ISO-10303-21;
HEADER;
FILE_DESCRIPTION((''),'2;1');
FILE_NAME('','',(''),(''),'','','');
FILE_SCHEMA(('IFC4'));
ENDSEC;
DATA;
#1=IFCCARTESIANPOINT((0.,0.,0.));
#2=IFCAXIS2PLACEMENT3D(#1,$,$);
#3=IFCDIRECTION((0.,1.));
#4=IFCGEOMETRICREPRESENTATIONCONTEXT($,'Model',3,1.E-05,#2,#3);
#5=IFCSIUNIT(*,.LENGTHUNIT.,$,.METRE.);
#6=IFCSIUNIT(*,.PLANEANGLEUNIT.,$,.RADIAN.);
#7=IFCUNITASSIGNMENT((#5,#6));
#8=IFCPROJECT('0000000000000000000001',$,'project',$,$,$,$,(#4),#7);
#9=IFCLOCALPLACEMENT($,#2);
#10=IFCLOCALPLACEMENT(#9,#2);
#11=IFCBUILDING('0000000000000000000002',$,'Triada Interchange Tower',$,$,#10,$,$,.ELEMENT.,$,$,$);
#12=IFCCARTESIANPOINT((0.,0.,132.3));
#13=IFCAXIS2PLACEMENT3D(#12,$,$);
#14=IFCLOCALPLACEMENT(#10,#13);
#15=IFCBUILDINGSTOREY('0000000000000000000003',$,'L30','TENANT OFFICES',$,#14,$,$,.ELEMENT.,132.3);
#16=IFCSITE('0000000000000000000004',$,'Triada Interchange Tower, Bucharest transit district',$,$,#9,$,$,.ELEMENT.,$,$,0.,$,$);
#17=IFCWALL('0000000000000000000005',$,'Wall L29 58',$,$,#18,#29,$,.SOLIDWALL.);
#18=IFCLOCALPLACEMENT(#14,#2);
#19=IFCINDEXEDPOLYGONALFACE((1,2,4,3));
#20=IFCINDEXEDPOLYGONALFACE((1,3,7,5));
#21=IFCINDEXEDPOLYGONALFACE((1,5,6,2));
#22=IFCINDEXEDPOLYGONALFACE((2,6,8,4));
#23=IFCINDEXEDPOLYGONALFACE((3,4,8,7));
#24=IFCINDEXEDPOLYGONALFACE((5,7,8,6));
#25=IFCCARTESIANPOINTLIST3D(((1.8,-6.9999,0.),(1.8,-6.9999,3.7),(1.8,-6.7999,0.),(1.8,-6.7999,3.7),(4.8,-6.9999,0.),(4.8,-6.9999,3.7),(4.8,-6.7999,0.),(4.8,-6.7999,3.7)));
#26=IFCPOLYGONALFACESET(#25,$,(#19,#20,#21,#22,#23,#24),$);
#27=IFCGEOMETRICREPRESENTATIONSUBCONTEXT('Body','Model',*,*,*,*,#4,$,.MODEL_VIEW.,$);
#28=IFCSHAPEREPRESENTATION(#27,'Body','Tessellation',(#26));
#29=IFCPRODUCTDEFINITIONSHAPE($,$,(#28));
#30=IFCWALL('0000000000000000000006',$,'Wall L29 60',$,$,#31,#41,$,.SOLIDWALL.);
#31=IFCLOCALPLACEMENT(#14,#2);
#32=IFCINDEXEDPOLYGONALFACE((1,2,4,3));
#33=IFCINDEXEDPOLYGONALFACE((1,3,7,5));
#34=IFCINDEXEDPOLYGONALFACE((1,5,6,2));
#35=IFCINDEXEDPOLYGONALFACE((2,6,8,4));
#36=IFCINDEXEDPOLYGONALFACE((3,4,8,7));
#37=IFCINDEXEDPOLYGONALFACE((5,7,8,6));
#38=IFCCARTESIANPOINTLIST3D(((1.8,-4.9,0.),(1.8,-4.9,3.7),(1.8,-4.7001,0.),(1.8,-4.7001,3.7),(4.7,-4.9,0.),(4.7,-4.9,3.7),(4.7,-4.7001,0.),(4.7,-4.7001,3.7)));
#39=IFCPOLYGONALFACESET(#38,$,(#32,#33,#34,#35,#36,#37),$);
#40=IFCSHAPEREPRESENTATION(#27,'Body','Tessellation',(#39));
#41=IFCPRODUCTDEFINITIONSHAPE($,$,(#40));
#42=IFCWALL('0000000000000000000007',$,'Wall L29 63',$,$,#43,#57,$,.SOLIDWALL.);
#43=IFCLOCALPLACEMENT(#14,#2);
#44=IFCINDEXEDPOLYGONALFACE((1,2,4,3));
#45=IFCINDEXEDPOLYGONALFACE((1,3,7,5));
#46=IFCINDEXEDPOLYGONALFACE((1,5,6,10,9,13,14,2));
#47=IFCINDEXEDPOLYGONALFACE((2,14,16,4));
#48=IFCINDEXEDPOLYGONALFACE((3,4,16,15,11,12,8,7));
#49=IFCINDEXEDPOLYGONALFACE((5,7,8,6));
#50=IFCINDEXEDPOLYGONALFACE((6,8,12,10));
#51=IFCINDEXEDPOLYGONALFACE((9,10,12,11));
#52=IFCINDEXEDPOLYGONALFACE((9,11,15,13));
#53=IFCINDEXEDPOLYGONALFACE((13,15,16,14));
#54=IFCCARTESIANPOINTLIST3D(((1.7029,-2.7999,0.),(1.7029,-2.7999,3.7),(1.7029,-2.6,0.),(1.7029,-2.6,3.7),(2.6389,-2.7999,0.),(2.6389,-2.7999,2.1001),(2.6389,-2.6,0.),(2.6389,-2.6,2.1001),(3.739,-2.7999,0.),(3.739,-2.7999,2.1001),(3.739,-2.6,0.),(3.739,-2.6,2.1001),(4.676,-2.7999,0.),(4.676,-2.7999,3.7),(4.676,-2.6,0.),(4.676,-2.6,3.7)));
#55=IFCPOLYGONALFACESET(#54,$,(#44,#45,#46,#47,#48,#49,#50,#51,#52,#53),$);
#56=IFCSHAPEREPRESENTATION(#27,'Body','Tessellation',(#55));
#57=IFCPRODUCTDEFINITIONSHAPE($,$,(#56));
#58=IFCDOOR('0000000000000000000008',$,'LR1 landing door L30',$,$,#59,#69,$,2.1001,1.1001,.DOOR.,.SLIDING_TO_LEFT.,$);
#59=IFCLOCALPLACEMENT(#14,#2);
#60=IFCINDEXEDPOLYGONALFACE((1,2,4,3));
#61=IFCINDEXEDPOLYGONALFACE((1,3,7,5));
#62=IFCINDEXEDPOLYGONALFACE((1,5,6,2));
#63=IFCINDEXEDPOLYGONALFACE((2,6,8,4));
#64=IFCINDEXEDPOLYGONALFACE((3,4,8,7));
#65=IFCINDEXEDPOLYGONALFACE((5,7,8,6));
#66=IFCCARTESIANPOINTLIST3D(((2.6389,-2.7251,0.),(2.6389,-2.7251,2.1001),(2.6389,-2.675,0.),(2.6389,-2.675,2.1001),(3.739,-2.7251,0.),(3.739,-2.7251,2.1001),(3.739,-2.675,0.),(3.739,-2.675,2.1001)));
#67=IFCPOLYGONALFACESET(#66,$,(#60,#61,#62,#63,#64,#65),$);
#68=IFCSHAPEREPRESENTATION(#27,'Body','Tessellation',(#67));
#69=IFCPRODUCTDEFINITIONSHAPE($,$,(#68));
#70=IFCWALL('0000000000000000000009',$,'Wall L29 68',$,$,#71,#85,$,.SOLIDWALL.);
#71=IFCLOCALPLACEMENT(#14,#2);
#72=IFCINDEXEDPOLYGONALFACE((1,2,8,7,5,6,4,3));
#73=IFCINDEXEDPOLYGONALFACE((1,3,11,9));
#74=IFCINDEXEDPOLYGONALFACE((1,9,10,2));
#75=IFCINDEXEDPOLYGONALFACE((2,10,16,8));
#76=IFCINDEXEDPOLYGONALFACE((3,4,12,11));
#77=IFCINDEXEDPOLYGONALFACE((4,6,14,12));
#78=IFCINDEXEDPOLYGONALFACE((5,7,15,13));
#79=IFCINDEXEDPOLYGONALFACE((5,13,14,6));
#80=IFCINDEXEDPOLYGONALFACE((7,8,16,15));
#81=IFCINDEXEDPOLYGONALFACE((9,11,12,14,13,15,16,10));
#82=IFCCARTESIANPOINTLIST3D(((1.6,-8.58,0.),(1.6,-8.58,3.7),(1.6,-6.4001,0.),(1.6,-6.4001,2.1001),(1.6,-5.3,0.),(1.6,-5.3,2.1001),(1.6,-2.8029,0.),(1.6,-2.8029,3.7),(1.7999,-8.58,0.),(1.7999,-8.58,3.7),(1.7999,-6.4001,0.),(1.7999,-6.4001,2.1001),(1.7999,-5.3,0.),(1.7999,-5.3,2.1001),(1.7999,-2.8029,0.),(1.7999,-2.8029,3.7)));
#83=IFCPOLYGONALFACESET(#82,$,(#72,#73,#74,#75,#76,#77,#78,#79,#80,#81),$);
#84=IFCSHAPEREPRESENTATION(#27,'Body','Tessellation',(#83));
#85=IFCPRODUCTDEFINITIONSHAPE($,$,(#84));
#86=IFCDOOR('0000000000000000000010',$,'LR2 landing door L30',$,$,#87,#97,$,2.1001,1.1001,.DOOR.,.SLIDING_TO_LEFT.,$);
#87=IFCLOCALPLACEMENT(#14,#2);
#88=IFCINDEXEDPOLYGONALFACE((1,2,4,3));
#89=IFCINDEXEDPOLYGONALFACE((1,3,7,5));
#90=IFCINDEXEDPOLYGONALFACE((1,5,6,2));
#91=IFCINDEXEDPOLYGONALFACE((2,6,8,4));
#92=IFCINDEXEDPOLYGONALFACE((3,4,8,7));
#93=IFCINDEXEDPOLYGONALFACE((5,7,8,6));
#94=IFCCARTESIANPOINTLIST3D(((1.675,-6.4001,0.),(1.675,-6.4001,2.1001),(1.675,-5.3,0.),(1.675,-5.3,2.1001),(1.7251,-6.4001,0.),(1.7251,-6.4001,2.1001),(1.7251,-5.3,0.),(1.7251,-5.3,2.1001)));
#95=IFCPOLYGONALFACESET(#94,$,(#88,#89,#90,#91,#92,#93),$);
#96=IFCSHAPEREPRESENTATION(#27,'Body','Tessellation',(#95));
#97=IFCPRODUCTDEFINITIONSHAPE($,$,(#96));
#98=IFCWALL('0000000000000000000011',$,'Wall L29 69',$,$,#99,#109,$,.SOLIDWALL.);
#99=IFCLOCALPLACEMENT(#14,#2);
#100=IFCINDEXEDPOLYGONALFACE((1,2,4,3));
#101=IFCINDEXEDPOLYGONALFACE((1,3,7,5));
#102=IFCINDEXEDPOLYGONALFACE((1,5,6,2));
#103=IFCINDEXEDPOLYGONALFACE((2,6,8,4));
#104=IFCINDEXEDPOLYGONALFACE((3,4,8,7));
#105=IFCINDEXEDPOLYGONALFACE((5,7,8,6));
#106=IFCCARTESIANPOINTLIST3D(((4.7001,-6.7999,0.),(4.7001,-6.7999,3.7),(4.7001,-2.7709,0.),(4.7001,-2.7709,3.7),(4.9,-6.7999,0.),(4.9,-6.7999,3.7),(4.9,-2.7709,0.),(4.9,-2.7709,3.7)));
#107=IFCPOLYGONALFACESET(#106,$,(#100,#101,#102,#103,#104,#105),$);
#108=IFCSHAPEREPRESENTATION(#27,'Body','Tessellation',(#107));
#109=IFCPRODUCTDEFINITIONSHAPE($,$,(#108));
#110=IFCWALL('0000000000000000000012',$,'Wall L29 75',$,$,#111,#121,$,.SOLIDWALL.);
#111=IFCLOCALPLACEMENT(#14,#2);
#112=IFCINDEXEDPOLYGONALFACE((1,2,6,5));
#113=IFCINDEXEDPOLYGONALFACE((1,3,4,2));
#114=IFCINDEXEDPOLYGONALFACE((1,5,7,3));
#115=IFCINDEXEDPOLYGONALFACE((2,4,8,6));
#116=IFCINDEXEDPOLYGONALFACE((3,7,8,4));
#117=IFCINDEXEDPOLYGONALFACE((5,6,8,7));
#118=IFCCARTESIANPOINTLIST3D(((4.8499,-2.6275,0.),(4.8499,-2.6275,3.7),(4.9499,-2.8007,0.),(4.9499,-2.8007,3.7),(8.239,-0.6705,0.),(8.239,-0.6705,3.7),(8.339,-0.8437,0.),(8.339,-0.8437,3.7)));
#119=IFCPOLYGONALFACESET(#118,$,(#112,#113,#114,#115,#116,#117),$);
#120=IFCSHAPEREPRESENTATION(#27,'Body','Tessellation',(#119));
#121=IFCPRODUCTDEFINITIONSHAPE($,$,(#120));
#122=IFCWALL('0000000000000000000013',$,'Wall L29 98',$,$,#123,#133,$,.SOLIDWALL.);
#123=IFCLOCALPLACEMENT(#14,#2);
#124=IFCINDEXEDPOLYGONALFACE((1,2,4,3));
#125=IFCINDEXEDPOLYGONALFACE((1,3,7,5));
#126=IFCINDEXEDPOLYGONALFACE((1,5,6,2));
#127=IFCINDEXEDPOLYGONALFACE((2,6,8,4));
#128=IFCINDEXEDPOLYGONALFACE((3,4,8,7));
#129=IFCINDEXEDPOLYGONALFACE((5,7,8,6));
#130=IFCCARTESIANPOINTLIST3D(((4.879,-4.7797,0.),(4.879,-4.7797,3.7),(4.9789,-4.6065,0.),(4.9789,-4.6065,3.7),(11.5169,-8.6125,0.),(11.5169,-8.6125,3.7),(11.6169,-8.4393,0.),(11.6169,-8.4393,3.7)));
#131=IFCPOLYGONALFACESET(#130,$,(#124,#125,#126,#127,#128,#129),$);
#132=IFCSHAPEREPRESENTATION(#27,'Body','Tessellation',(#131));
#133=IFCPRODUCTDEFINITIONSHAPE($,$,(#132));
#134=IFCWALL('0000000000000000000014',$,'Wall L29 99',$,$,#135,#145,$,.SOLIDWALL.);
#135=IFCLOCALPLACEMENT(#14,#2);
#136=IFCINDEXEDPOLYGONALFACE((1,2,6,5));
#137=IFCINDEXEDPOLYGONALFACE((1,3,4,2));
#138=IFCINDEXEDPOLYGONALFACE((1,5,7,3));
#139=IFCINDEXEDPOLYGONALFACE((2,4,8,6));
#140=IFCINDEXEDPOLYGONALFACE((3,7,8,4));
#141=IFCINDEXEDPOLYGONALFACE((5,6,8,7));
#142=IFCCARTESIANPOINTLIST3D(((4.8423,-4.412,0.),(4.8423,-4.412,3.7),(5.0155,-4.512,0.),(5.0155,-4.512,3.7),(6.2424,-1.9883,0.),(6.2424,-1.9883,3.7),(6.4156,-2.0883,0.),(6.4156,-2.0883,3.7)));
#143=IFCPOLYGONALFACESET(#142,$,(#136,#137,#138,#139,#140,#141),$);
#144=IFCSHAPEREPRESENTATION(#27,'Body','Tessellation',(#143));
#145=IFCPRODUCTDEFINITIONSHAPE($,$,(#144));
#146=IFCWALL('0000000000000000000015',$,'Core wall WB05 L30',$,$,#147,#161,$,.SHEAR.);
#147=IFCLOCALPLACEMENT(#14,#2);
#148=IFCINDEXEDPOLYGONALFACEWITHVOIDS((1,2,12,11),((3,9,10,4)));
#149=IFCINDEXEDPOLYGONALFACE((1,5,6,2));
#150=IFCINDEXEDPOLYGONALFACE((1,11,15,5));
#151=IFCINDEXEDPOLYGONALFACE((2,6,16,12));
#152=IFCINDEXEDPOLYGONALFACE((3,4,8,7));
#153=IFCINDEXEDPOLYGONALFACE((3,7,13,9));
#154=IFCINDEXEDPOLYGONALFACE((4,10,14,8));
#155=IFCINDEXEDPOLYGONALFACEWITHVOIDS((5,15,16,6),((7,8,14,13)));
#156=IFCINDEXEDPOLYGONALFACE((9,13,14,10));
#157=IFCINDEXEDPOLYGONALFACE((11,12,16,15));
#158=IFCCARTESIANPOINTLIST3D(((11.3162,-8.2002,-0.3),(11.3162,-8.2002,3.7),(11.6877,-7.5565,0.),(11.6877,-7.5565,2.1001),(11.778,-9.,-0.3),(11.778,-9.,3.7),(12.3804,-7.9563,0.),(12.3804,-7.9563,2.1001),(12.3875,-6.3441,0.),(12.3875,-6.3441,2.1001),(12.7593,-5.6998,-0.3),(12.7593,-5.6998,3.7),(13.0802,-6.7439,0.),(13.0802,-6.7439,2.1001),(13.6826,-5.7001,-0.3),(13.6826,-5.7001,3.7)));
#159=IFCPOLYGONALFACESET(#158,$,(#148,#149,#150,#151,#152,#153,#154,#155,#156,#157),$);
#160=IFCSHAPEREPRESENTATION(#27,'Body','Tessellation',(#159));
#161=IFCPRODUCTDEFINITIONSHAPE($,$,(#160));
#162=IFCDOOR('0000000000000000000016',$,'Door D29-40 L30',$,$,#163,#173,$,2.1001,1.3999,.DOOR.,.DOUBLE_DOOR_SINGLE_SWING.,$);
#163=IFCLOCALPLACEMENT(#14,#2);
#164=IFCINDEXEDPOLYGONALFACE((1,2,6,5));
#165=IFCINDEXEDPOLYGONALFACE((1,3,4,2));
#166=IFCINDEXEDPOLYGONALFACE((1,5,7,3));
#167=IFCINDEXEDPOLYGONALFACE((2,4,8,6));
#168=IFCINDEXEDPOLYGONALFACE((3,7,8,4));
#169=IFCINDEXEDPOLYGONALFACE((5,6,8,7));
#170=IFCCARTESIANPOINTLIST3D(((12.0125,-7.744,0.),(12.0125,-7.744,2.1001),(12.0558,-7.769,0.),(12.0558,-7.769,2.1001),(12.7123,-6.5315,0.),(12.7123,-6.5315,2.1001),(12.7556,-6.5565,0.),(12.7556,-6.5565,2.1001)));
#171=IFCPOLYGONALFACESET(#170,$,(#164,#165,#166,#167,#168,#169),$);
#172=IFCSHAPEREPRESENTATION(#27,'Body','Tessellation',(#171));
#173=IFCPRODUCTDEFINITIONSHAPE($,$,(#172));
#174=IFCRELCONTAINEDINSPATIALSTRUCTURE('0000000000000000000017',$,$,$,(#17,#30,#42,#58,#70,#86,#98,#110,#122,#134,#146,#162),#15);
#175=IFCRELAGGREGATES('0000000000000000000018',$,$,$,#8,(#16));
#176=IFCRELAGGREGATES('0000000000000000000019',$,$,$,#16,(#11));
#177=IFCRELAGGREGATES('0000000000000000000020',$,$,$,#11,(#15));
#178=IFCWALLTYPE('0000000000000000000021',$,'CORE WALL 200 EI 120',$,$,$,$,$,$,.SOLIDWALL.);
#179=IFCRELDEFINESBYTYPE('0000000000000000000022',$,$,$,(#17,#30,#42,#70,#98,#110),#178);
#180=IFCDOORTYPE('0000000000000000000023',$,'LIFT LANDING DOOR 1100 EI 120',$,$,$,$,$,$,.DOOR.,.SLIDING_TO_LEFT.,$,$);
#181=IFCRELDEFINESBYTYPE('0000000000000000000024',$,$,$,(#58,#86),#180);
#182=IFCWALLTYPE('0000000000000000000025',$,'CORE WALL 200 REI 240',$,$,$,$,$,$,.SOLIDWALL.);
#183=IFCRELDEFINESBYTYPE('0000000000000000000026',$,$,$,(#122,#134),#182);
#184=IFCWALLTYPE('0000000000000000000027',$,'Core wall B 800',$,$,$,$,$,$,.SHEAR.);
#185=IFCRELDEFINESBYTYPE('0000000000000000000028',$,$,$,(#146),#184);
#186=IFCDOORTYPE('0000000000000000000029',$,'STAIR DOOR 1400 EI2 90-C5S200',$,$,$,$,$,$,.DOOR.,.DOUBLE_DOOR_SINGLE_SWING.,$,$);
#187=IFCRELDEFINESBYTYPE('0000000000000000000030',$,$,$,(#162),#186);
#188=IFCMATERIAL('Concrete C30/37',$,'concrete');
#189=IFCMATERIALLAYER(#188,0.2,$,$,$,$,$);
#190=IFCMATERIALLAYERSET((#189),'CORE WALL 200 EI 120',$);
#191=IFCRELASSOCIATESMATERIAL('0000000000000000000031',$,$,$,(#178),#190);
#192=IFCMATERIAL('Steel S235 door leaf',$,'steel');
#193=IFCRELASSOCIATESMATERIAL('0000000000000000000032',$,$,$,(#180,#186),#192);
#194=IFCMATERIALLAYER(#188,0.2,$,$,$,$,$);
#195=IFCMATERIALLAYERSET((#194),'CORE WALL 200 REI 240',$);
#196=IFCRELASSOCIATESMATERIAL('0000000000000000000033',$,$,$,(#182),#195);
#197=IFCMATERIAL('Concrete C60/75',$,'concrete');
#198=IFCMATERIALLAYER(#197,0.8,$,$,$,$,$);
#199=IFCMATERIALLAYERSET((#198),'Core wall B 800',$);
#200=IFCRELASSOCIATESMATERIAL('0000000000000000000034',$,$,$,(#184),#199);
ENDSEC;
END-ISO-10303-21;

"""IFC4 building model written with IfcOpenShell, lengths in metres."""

from ifc_helpers import new_model, si_unit, direction, frame, frame_2d, origin, place, context, subcontext, project, spatial, polyline, rectangle, outline, extrude, material, layer, layer_set, type_object, element, fill, save


model = new_model("IFC4")

# Units and contexts
model_context = context("Model", 3, precision=1e-05, world=origin(), true_north=direction((0.0, 1.0)))
body_context = subcontext(model_context, "Body", "Model", "MODEL_VIEW")
ifc_project = project(units=[si_unit("LENGTHUNIT", "METRE"), si_unit("PLANEANGLEUNIT", "RADIAN")], contexts=[model_context])

# Site, building, storey
site_placement = place(None, origin())
site = spatial("IfcSite", under=ifc_project, at=site_placement, Name="Triada Interchange Tower, Bucharest transit district", CompositionType="ELEMENT", RefElevation=0.0)
building_placement = place(site_placement, origin())
building = spatial("IfcBuilding", under=site, at=building_placement, Name="Triada Interchange Tower", CompositionType="ELEMENT")
storey_placement = place(building_placement, frame((0.0, 0.0, 132.3)))
storey = spatial("IfcBuildingStorey", under=building, at=storey_placement, Name="L30", Description="TENANT OFFICES", CompositionType="ELEMENT", Elevation=132.3)

# Walls
ifc_material_1 = material(Name="Concrete C30/37", Category="concrete")
ifc_layer_1 = layer(ifc_material_1, 0.2)
ifc_layer_set_1 = layer_set([ifc_layer_1], Name="CORE WALL 200 EI 120")
wall_type_1 = type_object("IfcWallType", Name="CORE WALL 200 EI 120", PredefinedType="SOLIDWALL", material=ifc_layer_set_1)
wall_1_placement = place(storey_placement, frame((1.8, -6.8999, 0.0), z_axis=(0.0, 0.0, 1.0), x_axis=(1.0, 0.0, 0.0)))
element("IfcWall", 1, at=wall_1_placement, inside=storey, type_object=wall_type_1, Name="Wall L29 58", PredefinedType="SOLIDWALL", context=body_context, shape_type="SweptSolid", body=[
    extrude(rectangle(XDim=3.0, YDim=0.2, at=frame_2d((1.5, 0.0))), origin(), (0.0, 0.0, 1.0), 3.7),
])
wall_2_placement = place(storey_placement, frame((1.8, -4.8, 0.0), z_axis=(0.0, 0.0, 1.0), x_axis=(1.0, 0.0, 0.0)))
element("IfcWall", 2, at=wall_2_placement, inside=storey, type_object=wall_type_1, Name="Wall L29 60", PredefinedType="SOLIDWALL", context=body_context, shape_type="SweptSolid", body=[
    extrude(rectangle(XDim=2.8999, YDim=0.2, at=frame_2d((1.45, 0.0))), origin(), (0.0, 0.0, 1.0), 3.7),
])

# Walls, openings, doors
wall_3_placement = place(storey_placement, frame((1.7029, -2.7, 0.0), z_axis=(0.0, 0.0, 1.0), x_axis=(1.0, 0.0, 0.0)))
wall_3 = element("IfcWall", 3, at=wall_3_placement, inside=storey, type_object=wall_type_1, Name="Wall L29 63", PredefinedType="SOLIDWALL", context=body_context, shape_type="SweptSolid", body=[
    extrude(rectangle(XDim=2.9731, YDim=0.2, at=frame_2d((1.4866, 0.0))), origin(), (0.0, 0.0, 1.0), 3.7),
])
opening_1_placement = place(wall_3_placement, frame((0.936, 0.0, 0.0)))
opening_1 = element("IfcOpeningElement", 4, at=opening_1_placement, cuts=wall_3, PredefinedType="OPENING", context=body_context, shape_type="SweptSolid", body=[
    extrude(rectangle(XDim=1.1001, YDim=2.1001, at=frame_2d((0.55, 1.05))), frame((0.0, 0.1099, 0.0), z_axis=(0.0, -1.0, 0.0), x_axis=(1.0, 0.0, 0.0)), (0.0, 0.0, 1.0), 0.22),
])
ifc_material_2 = material(Name="Steel S235 door leaf", Category="steel")
door_type_1 = type_object("IfcDoorType", Name="LIFT LANDING DOOR 1100 EI 120", OperationType="SLIDING_TO_LEFT", PredefinedType="DOOR", material=ifc_material_2)
door_1_placement = place(opening_1_placement, origin())
door_1 = element("IfcDoor", 5, at=door_1_placement, inside=storey, type_object=door_type_1, Name="LR1 landing door L30", OperationType="SLIDING_TO_LEFT", OverallHeight=2.1001, OverallWidth=1.1001, PredefinedType="DOOR", context=body_context, shape_type="SweptSolid", body=[
    extrude(rectangle(XDim=1.1001, YDim=2.1001, at=frame_2d((0.55, 1.05))), frame((0.0, 0.0249, 0.0), z_axis=(0.0, -1.0, 0.0), x_axis=(1.0, 0.0, 0.0)), (0.0, 0.0, 1.0), 0.05),
])
fill(opening_1, door_1)
wall_4_placement = place(storey_placement, frame((1.7, -8.5801, 0.0), z_axis=(0.0, 0.0, 1.0), x_axis=(0.0, 1.0, 0.0)))
wall_4 = element("IfcWall", 6, at=wall_4_placement, inside=storey, type_object=wall_type_1, Name="Wall L29 68", PredefinedType="SOLIDWALL", context=body_context, shape_type="SweptSolid", body=[
    extrude(rectangle(XDim=5.7771, YDim=0.2, at=frame_2d((2.8887, 0.0))), origin(), (0.0, 0.0, 1.0), 3.7),
])
opening_2_placement = place(wall_4_placement, frame((2.1799, 0.0, 0.0)))
opening_2 = element("IfcOpeningElement", 7, at=opening_2_placement, cuts=wall_4, PredefinedType="OPENING", context=body_context, shape_type="SweptSolid", body=[
    extrude(rectangle(XDim=1.1001, YDim=2.1001, at=frame_2d((0.55, 1.05))), frame((0.0, 0.1099, 0.0), z_axis=(0.0, -1.0, 0.0), x_axis=(1.0, 0.0, 0.0)), (0.0, 0.0, 1.0), 0.22),
])
door_2_placement = place(opening_2_placement, origin())
door_2 = element("IfcDoor", 8, at=door_2_placement, inside=storey, type_object=door_type_1, Name="LR2 landing door L30", OperationType="SLIDING_TO_LEFT", OverallHeight=2.1001, OverallWidth=1.1001, PredefinedType="DOOR", context=body_context, shape_type="SweptSolid", body=[
    extrude(rectangle(XDim=1.1001, YDim=2.1001, at=frame_2d((0.55, 1.05))), frame((0.0, 0.0249, 0.0), z_axis=(0.0, -1.0, 0.0), x_axis=(1.0, 0.0, 0.0)), (0.0, 0.0, 1.0), 0.05),
])
fill(opening_2, door_2)

# Walls
wall_5_placement = place(storey_placement, frame((4.8, -6.8, 0.0), z_axis=(0.0, 0.0, 1.0), x_axis=(0.0, 1.0, 0.0)))
element("IfcWall", 9, at=wall_5_placement, inside=storey, type_object=wall_type_1, Name="Wall L29 69", PredefinedType="SOLIDWALL", context=body_context, shape_type="SweptSolid", body=[
    extrude(rectangle(XDim=4.0291, YDim=0.2, at=frame_2d((2.0146, 0.0))), origin(), (0.0, 0.0, 1.0), 3.7),
])
wall_6_placement = place(storey_placement, frame((4.8999, -2.7141, 0.0), z_axis=(0.0, 0.0, 1.0), x_axis=(0.865992, 0.500057, 0.0)))
element("IfcWall", 10, at=wall_6_placement, inside=storey, type_object=wall_type_1, Name="Wall L29 75", PredefinedType="SOLIDWALL", context=body_context, shape_type="SweptSolid", body=[
    extrude(rectangle(XDim=3.9136, YDim=0.2, at=frame_2d((1.9568, 0.0))), origin(), (0.0, 0.0, 1.0), 3.7),
])
ifc_layer_2 = layer(ifc_material_1, 0.2)
ifc_layer_set_2 = layer_set([ifc_layer_2], Name="CORE WALL 200 REI 240")
wall_type_2 = type_object("IfcWallType", Name="CORE WALL 200 REI 240", PredefinedType="SOLIDWALL", material=ifc_layer_set_2)
wall_7_placement = place(storey_placement, frame((4.929, -4.6931, 0.0), z_axis=(0.0, 0.0, 1.0), x_axis=(0.866006, -0.500034, 0.0)))
element("IfcWall", 11, at=wall_7_placement, inside=storey, type_object=wall_type_2, Name="Wall L29 98", PredefinedType="SOLIDWALL", context=body_context, shape_type="SweptSolid", body=[
    extrude(rectangle(XDim=7.665, YDim=0.2, at=frame_2d((3.8325, 0.0))), origin(), (0.0, 0.0, 1.0), 3.7),
])
wall_8_placement = place(storey_placement, frame((4.929, -4.4619, 0.0), z_axis=(0.0, 0.0, 1.0), x_axis=(0.500201, 0.86591, 0.0)))
element("IfcWall", 12, at=wall_8_placement, inside=storey, type_object=wall_type_2, Name="Wall L29 99", PredefinedType="SOLIDWALL", context=body_context, shape_type="SweptSolid", body=[
    extrude(rectangle(XDim=2.7991, YDim=0.2, at=frame_2d((1.3994, 0.0))), origin(), (0.0, 0.0, 1.0), 3.7),
])

# Wall, opening, door
ifc_material_3 = material(Name="Concrete C60/75", Category="concrete")
ifc_layer_3 = layer(ifc_material_3, 0.8)
ifc_layer_set_3 = layer_set([ifc_layer_3], Name="Core wall B 800")
wall_type_3 = type_object("IfcWallType", Name="Core wall B 800", PredefinedType="SHEAR", material=ifc_layer_set_3)
wall_9_placement = place(storey_placement, frame((11.5471, -8.6001, -0.3), z_axis=(0.0, 0.0, 1.0), x_axis=(0.499872, 0.866099, 0.0)))
wall_9 = element("IfcWall", 13, at=wall_9_placement, inside=storey, type_object=wall_type_3, Name="Core wall WB05 L30", PredefinedType="SHEAR", context=body_context, shape_type="SweptSolid", body=[
    extrude(outline(polyline([(-0.231, -0.3999), (1.6741, -0.3999), (3.5791, -0.3999), (3.1179, 0.3999), (1.6743, 0.3999), (0.231, 0.3999), (-0.231, -0.3999)])), origin(), (0.0, 0.0, 1.0), 4.0),
])
opening_3_placement = place(wall_9_placement, frame((0.9741, 0.0, 0.3)))
opening_3 = element("IfcOpeningElement", 14, at=opening_3_placement, cuts=wall_9, PredefinedType="OPENING", context=body_context, shape_type="SweptSolid", body=[
    extrude(rectangle(XDim=1.3999, YDim=2.1001, at=frame_2d((0.7, 1.05))), frame((0.0, 0.4099, 0.0), z_axis=(0.0, -1.0, 0.0), x_axis=(1.0, 0.0, 0.0)), (0.0, 0.0, 1.0), 0.8201),
])
door_type_2 = type_object("IfcDoorType", Name="STAIR DOOR 1400 EI2 90-C5S200", OperationType="DOUBLE_DOOR_SINGLE_SWING", PredefinedType="DOOR", material=ifc_material_2)
door_3_placement = place(opening_3_placement, origin())
door_3 = element("IfcDoor", 15, at=door_3_placement, inside=storey, type_object=door_type_2, Name="Door D29-40 L30", OperationType="DOUBLE_DOOR_SINGLE_SWING", OverallHeight=2.1001, OverallWidth=1.3999, PredefinedType="DOOR", context=body_context, shape_type="SweptSolid", body=[
    extrude(rectangle(XDim=1.3999, YDim=2.1001, at=frame_2d((0.7, 1.05))), frame((0.0, 0.0249, 0.0), z_axis=(0.0, -1.0, 0.0), x_axis=(1.0, 0.0, 0.0)), (0.0, 0.0, 1.0), 0.05),
])
fill(opening_3, door_3)

save(model, "model.ifc")
